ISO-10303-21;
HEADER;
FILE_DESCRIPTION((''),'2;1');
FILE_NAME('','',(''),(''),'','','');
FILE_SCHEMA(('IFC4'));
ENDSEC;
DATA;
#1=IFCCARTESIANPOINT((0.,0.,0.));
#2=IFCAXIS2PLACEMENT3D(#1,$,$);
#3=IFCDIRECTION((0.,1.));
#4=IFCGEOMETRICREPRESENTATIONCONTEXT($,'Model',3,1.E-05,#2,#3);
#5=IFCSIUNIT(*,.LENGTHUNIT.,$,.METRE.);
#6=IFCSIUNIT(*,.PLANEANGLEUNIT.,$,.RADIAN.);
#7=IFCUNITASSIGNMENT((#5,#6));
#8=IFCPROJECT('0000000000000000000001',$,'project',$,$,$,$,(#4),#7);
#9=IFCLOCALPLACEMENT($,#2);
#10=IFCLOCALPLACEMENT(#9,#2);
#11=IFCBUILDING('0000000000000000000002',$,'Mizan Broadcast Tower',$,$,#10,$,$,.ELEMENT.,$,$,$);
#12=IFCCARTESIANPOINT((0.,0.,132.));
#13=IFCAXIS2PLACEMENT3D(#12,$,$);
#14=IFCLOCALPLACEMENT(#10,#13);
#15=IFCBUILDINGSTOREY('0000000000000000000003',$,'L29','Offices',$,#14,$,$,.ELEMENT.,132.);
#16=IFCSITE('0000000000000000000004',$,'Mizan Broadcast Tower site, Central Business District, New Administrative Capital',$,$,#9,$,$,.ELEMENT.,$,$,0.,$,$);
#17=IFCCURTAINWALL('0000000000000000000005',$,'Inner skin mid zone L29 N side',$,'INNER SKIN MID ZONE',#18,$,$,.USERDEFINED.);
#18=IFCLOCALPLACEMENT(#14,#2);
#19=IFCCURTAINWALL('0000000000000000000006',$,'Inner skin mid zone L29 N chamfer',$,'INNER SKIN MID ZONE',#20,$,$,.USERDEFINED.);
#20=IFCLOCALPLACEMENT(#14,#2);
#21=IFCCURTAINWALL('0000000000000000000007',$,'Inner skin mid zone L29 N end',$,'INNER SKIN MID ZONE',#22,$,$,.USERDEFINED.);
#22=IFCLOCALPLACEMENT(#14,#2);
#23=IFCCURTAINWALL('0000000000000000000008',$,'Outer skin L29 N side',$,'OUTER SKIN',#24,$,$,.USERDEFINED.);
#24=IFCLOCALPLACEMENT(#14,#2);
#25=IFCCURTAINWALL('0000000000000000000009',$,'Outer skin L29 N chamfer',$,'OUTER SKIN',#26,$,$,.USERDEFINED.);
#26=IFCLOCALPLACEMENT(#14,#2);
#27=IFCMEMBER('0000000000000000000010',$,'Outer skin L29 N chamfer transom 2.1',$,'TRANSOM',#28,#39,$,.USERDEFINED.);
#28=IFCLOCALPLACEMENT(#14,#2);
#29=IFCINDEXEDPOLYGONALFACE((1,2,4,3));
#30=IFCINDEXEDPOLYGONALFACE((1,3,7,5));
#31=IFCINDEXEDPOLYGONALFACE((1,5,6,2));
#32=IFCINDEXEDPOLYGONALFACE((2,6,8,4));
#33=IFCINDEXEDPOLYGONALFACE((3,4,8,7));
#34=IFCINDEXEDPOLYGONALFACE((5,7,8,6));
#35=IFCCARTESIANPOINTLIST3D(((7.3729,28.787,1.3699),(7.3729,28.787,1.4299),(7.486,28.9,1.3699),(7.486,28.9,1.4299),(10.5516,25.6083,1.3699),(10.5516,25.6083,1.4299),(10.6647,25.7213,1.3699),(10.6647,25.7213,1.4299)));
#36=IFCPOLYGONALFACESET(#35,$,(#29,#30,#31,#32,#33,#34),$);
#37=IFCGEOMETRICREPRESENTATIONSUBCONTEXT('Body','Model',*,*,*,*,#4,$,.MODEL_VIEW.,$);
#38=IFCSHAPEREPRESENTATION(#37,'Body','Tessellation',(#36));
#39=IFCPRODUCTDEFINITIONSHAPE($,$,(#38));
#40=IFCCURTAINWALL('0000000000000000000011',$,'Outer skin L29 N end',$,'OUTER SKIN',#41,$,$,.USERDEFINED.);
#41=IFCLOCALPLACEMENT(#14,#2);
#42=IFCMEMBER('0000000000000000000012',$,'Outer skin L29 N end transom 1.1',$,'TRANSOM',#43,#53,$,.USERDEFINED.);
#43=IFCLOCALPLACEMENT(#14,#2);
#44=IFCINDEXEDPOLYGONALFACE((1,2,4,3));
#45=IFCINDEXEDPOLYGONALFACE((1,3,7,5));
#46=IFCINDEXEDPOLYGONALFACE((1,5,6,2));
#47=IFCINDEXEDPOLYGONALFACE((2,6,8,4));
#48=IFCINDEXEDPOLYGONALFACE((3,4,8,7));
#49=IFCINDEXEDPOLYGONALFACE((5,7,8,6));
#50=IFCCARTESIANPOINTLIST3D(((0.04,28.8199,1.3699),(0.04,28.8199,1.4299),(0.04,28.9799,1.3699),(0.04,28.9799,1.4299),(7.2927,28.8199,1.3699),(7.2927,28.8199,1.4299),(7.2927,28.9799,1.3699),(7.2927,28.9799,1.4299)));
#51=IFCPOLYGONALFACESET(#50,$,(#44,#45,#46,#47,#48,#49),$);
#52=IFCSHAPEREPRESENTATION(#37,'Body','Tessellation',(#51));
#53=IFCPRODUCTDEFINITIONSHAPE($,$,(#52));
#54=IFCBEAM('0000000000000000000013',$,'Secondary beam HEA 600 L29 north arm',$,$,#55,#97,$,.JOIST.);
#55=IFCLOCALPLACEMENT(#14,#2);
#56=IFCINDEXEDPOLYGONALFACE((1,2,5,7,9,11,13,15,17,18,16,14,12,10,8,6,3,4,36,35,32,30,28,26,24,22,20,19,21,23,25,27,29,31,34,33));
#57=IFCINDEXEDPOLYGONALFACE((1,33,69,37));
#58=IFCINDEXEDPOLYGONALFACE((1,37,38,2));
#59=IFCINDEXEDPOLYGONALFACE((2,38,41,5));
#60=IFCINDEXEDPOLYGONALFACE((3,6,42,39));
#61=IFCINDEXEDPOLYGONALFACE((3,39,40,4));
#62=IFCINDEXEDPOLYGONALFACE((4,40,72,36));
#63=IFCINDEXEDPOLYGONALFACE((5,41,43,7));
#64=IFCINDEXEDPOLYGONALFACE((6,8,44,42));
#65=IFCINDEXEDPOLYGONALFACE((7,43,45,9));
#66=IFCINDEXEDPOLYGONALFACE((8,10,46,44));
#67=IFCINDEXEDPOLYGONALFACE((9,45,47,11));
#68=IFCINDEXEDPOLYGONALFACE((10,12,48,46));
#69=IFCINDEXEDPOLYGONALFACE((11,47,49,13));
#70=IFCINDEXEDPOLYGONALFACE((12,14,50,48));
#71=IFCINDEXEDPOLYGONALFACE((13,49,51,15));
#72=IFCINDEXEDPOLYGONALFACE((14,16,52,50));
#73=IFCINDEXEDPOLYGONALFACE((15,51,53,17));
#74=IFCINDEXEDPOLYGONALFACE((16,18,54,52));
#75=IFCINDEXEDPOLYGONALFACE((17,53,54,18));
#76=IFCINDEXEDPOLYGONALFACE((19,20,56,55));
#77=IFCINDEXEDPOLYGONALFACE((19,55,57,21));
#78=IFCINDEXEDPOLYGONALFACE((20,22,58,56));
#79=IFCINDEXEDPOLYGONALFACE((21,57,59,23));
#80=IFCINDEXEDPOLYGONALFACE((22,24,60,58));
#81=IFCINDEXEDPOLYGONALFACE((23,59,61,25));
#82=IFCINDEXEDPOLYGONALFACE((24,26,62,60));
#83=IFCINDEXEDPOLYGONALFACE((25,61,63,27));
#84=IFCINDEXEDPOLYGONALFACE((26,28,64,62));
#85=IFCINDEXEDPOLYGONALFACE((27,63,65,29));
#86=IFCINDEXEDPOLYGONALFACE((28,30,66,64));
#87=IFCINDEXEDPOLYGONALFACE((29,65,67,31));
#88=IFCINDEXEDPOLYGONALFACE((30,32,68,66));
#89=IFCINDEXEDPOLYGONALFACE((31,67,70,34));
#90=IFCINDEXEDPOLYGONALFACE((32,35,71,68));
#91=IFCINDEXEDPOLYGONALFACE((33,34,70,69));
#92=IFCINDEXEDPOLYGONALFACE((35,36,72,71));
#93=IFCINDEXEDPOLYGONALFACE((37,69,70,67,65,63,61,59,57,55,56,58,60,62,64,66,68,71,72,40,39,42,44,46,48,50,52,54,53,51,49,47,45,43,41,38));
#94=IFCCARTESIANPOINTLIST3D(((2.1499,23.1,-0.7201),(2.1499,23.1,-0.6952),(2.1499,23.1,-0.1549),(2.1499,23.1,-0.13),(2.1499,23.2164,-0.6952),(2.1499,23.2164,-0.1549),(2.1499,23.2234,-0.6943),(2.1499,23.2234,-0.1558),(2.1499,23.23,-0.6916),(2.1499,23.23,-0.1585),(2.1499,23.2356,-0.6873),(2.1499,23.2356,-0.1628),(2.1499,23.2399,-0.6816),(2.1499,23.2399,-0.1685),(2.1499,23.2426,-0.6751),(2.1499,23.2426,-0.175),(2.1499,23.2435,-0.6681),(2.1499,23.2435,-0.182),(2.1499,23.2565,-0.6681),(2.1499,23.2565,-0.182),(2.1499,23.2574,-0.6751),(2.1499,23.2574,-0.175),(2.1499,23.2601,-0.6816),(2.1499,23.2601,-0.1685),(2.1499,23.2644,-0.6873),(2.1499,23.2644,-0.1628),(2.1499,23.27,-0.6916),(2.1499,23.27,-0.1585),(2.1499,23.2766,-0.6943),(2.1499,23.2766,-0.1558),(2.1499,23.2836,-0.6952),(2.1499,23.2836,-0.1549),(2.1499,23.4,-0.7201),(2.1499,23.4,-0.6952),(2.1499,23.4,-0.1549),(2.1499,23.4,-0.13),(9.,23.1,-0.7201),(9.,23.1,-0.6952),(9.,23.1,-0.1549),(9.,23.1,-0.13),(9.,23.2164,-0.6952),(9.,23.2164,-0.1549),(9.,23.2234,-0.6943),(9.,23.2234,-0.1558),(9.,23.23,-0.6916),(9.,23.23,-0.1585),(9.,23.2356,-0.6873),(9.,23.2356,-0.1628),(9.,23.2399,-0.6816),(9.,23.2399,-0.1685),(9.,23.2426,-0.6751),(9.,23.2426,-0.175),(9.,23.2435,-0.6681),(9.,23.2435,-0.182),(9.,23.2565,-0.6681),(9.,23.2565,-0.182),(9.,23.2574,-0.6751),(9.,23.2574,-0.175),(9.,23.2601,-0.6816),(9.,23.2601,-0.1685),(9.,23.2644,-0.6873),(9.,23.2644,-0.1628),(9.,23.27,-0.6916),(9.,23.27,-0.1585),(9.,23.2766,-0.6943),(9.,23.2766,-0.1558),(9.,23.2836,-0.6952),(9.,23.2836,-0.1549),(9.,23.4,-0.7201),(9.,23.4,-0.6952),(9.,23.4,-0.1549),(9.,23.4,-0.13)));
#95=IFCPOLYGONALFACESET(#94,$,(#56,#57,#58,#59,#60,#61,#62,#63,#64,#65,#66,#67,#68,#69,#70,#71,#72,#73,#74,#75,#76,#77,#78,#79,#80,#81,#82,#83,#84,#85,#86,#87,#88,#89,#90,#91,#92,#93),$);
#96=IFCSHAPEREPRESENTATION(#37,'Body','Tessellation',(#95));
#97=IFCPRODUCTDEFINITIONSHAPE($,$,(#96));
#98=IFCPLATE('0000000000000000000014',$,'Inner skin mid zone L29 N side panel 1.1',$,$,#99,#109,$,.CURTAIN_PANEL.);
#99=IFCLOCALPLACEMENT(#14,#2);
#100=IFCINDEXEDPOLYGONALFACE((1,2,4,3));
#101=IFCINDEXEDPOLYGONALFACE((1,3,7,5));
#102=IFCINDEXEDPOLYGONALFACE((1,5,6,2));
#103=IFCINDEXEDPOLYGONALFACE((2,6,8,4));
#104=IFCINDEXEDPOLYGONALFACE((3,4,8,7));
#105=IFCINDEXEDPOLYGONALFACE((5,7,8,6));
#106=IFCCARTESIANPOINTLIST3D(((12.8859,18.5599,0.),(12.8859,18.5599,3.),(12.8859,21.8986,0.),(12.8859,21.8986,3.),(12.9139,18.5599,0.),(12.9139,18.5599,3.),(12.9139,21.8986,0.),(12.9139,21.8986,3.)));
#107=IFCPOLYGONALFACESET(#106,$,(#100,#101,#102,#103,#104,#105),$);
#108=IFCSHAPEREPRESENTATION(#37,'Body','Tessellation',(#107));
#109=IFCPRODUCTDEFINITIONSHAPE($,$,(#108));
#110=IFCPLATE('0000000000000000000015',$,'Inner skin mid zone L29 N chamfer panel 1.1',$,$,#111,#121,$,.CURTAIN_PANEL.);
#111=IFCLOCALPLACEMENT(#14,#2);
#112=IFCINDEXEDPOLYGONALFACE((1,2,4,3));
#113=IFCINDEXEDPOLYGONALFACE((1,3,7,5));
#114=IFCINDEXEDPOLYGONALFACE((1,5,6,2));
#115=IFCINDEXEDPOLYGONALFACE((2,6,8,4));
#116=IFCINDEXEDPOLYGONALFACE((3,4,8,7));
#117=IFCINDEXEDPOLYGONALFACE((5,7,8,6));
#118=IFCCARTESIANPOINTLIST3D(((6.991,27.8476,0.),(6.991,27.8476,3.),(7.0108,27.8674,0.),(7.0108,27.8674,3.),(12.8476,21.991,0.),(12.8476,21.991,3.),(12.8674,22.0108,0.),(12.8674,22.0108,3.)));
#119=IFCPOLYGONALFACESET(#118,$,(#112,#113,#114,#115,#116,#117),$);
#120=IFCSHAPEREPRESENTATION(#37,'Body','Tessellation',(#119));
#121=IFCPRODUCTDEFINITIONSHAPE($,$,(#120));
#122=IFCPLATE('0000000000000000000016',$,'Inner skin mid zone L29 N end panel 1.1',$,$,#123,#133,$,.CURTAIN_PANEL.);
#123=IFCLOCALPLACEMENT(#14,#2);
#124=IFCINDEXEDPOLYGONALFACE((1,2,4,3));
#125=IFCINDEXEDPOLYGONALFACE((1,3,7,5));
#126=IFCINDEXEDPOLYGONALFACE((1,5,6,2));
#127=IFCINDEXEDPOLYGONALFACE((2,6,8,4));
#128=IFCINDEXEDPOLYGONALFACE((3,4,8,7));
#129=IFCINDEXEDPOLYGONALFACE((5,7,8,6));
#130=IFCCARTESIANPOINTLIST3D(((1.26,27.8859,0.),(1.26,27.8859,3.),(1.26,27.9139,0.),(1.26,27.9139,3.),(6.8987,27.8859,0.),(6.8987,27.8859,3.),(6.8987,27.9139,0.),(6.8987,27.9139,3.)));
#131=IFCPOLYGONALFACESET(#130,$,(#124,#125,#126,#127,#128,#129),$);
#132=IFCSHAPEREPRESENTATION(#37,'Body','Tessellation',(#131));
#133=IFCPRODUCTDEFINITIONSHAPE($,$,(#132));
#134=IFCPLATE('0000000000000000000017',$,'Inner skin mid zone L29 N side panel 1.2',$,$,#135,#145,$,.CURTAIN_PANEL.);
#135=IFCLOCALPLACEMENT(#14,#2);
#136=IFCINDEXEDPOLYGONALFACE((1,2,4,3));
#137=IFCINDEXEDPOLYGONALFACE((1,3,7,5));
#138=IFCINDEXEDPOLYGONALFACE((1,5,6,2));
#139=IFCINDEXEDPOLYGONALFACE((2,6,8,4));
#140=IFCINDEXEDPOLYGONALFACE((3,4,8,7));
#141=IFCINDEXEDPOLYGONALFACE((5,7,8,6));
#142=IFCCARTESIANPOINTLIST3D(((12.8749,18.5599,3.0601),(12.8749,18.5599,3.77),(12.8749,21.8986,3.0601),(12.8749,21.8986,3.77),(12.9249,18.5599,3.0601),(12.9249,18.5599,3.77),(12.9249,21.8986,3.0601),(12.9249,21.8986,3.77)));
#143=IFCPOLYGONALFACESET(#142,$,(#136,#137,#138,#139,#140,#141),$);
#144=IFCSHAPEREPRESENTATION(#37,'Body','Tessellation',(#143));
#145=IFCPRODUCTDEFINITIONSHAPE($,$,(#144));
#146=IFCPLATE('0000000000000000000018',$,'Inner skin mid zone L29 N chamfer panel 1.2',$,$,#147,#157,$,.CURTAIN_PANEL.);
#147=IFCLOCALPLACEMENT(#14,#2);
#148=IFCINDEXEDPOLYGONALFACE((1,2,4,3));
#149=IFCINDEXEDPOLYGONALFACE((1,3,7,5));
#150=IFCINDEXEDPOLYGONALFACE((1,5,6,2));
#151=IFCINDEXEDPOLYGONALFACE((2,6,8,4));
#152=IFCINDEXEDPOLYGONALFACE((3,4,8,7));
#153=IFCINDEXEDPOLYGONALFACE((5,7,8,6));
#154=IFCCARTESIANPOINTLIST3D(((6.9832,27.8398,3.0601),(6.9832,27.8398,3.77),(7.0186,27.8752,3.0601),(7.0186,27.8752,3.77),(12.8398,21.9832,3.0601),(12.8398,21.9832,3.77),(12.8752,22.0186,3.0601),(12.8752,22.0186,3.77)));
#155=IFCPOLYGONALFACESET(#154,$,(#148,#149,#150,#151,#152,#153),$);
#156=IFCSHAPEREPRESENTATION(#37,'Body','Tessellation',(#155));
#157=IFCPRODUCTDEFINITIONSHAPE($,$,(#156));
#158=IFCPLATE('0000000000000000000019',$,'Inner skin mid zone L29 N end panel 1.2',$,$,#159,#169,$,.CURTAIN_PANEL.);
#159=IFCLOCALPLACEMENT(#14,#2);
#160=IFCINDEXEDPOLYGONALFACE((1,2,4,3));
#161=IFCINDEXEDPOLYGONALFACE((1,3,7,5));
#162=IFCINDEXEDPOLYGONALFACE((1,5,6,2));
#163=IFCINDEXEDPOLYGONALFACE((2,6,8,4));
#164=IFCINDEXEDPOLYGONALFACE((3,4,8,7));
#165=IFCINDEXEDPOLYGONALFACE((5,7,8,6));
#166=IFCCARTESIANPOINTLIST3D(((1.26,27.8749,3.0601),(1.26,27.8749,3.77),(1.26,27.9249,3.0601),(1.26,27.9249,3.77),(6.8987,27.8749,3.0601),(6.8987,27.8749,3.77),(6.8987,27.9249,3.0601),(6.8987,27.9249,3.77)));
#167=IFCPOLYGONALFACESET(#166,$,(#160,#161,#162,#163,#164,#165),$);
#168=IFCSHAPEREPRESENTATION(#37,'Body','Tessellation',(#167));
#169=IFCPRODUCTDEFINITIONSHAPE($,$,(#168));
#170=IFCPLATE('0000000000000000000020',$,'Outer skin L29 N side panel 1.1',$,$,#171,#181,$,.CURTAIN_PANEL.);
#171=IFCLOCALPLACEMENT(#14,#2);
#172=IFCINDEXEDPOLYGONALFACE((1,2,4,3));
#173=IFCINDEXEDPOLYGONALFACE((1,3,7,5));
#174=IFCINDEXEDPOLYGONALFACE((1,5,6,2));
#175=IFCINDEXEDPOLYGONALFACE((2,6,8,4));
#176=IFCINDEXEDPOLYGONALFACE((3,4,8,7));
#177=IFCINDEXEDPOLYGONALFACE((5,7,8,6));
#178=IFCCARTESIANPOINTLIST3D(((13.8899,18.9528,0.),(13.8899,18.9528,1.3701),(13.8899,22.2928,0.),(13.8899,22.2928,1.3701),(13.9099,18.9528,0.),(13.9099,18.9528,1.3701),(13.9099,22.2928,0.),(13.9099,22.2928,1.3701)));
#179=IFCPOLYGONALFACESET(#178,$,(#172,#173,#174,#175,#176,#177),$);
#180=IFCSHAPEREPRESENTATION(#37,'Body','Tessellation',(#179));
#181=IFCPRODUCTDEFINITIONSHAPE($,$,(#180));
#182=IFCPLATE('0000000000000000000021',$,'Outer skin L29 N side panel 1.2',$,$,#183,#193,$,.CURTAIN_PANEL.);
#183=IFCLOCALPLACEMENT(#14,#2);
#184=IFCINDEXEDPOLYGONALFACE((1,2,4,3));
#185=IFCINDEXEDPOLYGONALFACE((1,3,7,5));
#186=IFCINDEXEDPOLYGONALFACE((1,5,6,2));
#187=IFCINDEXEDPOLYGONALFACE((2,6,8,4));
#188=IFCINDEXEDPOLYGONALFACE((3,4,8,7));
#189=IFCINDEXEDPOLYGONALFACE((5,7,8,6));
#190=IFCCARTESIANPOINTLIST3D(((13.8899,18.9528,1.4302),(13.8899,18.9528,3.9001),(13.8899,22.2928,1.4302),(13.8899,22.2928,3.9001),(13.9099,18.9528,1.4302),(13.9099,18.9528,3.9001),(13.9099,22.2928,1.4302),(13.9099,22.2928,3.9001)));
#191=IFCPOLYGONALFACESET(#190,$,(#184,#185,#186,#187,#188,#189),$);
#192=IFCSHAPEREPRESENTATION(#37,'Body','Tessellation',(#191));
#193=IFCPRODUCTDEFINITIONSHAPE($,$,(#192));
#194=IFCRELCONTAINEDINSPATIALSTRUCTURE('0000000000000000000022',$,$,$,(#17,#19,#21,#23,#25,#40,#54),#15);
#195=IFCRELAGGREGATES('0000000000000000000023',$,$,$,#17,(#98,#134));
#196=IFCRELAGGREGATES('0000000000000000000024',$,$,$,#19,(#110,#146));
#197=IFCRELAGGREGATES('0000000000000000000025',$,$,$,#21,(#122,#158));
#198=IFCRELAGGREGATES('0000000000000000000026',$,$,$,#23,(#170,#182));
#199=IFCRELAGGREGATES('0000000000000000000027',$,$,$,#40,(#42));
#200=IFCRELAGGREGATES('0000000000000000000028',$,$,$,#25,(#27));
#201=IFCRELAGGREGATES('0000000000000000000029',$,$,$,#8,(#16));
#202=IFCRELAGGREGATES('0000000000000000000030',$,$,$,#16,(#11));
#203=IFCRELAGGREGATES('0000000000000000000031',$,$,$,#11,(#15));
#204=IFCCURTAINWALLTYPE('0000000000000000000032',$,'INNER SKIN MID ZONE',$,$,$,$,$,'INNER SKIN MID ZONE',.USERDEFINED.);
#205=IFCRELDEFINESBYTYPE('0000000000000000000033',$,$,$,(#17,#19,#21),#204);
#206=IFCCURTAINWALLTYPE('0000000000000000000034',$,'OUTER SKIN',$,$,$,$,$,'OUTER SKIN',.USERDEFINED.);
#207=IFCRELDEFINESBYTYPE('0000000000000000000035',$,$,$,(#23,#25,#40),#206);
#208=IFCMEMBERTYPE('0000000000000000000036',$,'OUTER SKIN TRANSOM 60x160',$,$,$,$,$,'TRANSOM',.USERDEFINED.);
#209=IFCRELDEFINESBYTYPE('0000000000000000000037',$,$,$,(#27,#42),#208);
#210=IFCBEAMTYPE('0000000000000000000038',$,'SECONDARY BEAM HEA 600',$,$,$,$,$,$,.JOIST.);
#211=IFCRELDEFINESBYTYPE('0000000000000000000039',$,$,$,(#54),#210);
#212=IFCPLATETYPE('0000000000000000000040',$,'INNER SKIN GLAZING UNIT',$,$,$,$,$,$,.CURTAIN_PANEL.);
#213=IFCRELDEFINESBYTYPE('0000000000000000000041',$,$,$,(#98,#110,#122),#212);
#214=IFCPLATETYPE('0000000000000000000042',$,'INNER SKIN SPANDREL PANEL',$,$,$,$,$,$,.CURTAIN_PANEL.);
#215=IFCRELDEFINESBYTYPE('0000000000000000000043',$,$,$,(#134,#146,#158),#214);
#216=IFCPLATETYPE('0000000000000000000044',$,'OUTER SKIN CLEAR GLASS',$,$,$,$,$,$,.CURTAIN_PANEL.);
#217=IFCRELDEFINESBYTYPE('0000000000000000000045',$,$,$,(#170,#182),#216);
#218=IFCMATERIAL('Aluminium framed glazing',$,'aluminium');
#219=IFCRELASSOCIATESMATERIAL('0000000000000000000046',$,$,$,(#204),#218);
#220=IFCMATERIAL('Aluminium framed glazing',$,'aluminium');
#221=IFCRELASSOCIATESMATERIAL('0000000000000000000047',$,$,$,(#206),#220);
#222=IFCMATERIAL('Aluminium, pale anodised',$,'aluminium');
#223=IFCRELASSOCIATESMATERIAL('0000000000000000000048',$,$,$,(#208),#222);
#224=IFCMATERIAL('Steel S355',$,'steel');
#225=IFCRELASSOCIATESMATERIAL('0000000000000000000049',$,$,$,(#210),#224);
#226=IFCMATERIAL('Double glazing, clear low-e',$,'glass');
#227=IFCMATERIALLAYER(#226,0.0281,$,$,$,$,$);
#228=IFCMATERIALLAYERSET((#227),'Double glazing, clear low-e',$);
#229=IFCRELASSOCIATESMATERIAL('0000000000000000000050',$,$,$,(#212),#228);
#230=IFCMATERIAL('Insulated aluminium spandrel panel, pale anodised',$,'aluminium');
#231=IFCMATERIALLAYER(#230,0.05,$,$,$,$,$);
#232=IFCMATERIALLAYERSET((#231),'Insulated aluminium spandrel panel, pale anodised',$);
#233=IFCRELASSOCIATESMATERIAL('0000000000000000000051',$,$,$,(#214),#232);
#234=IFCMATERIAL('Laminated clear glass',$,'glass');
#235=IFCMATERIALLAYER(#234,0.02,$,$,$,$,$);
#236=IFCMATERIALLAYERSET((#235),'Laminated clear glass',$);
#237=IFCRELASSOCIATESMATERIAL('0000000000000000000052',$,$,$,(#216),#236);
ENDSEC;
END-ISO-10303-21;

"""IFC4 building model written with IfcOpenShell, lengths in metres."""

from ifc_helpers import new_model, si_unit, direction, frame, origin, origin_2d, place, context, subcontext, project, spatial, rectangle, i_section, extrude, material, layer, layer_set, material_profile, profile_set, type_object, element, aggregate, save


model = new_model("IFC4")

# Units and contexts
model_context = context("Model", 3, precision=1e-05, world=origin(), true_north=direction((0.0, 1.0)))
body_context = subcontext(model_context, "Body", "Model", "MODEL_VIEW")
ifc_project = project(units=[si_unit("LENGTHUNIT", "METRE"), si_unit("PLANEANGLEUNIT", "RADIAN")], contexts=[model_context])

# Site, building, storey
site_placement = place(None, origin())
site = spatial("IfcSite", under=ifc_project, at=site_placement, Name="Mizan Broadcast Tower site, Central Business District, New Administrative Capital", CompositionType="ELEMENT", RefElevation=0.0)
building_placement = place(site_placement, origin())
building = spatial("IfcBuilding", under=site, at=building_placement, Name="Mizan Broadcast Tower", CompositionType="ELEMENT")
storey_placement = place(building_placement, frame((0.0, 0.0, 132.0)))
storey = spatial("IfcBuildingStorey", under=building, at=storey_placement, Name="L29", Description="Offices", CompositionType="ELEMENT", Elevation=132.0)

# Curtain walls
ifc_material_1 = material(Name="Aluminium framed glazing", Category="aluminium")
curtain_wall_type_1 = type_object("IfcCurtainWallType", Name="INNER SKIN MID ZONE", ElementType="INNER SKIN MID ZONE", PredefinedType="USERDEFINED", material=ifc_material_1)
curtain_wall_1_placement = place(storey_placement, origin())
curtain_wall_1 = element("IfcCurtainWall", 1, at=curtain_wall_1_placement, inside=storey, type_object=curtain_wall_type_1, Name="Inner skin mid zone L29 N side", ObjectType="INNER SKIN MID ZONE", PredefinedType="USERDEFINED")
curtain_wall_2_placement = place(storey_placement, origin())
curtain_wall_2 = element("IfcCurtainWall", 2, at=curtain_wall_2_placement, inside=storey, type_object=curtain_wall_type_1, Name="Inner skin mid zone L29 N chamfer", ObjectType="INNER SKIN MID ZONE", PredefinedType="USERDEFINED")
curtain_wall_3_placement = place(storey_placement, origin())
curtain_wall_3 = element("IfcCurtainWall", 3, at=curtain_wall_3_placement, inside=storey, type_object=curtain_wall_type_1, Name="Inner skin mid zone L29 N end", ObjectType="INNER SKIN MID ZONE", PredefinedType="USERDEFINED")

# Curtain wall
ifc_material_2 = material(Name="Aluminium framed glazing", Category="aluminium")
curtain_wall_type_2 = type_object("IfcCurtainWallType", Name="OUTER SKIN", ElementType="OUTER SKIN", PredefinedType="USERDEFINED", material=ifc_material_2)
curtain_wall_4_placement = place(storey_placement, origin())
curtain_wall_4 = element("IfcCurtainWall", 4, at=curtain_wall_4_placement, inside=storey, type_object=curtain_wall_type_2, Name="Outer skin L29 N side", ObjectType="OUTER SKIN", PredefinedType="USERDEFINED")

# Curtain wall, member
curtain_wall_5_placement = place(storey_placement, origin())
curtain_wall_5 = element("IfcCurtainWall", 5, at=curtain_wall_5_placement, inside=storey, type_object=curtain_wall_type_2, Name="Outer skin L29 N chamfer", ObjectType="OUTER SKIN", PredefinedType="USERDEFINED")
ifc_material_3 = material(Name="Aluminium, pale anodised", Category="aluminium")
ifc_material_profile_1 = material_profile(ifc_material_3, rectangle(XDim=0.1599, YDim=0.0601, at=origin_2d()), Name="TRANSOM 160x60")
ifc_profile_set_1 = profile_set([ifc_material_profile_1], Name="Aluminium, pale anodised")
member_type_1 = type_object("IfcMemberType", Name="OUTER SKIN TRANSOM 60x160", ElementType="TRANSOM", PredefinedType="USERDEFINED", material=ifc_profile_set_1)
member_1_placement = place(storey_placement, frame((10.6082, 25.6648, 1.3999), z_axis=(-0.707107, 0.707107, 0.0), x_axis=(-0.707107, -0.707107, 0.0)))
member_1 = element("IfcMember", 6, at=member_1_placement, type_object=member_type_1, Name="Outer skin L29 N chamfer transom 2.1", ObjectType="TRANSOM", PredefinedType="USERDEFINED", context=body_context, shape_type="SweptSolid", body=[
    extrude(rectangle(XDim=0.1599, YDim=0.0601, at=origin_2d()), origin(), (0.0, 0.0, 1.0), 4.4954),
])

# Curtain wall, member
curtain_wall_6_placement = place(storey_placement, origin())
curtain_wall_6 = element("IfcCurtainWall", 7, at=curtain_wall_6_placement, inside=storey, type_object=curtain_wall_type_2, Name="Outer skin L29 N end", ObjectType="OUTER SKIN", PredefinedType="USERDEFINED")
member_2_placement = place(storey_placement, frame((7.2927, 28.8999, 1.3999), z_axis=(-1.0, 0.0, 0.0), x_axis=(0.0, -1.0, 0.0)))
member_2 = element("IfcMember", 8, at=member_2_placement, type_object=member_type_1, Name="Outer skin L29 N end transom 1.1", ObjectType="TRANSOM", PredefinedType="USERDEFINED", context=body_context, shape_type="SweptSolid", body=[
    extrude(rectangle(XDim=0.1599, YDim=0.0601, at=origin_2d()), origin(), (0.0, 0.0, 1.0), 7.2527),
])

# Beam
ifc_material_4 = material(Name="Steel S355", Category="steel")
ifc_material_profile_2 = material_profile(ifc_material_4, i_section(OverallWidth=0.3, OverallDepth=0.5901, WebThickness=0.0129, FlangeThickness=0.0249, FilletRadius=0.0271, at=origin_2d()), Name="HEA 600")
ifc_profile_set_2 = profile_set([ifc_material_profile_2], Name="Steel S355")
beam_type_1 = type_object("IfcBeamType", Name="SECONDARY BEAM HEA 600", PredefinedType="JOIST", material=ifc_profile_set_2)
beam_1_placement = place(storey_placement, frame((9.0, 23.25, -0.425), z_axis=(-1.0, 0.0, 0.0), x_axis=(0.0, -1.0, 0.0)))
element("IfcBeam", 9, at=beam_1_placement, inside=storey, type_object=beam_type_1, Name="Secondary beam HEA 600 L29 north arm", PredefinedType="JOIST", context=body_context, shape_type="SweptSolid", body=[
    extrude(i_section(OverallWidth=0.3, OverallDepth=0.5901, WebThickness=0.0129, FlangeThickness=0.0249, FilletRadius=0.0271, at=origin_2d()), origin(), (0.0, 0.0, 1.0), 6.8501),
])

# Plates
ifc_material_5 = material(Name="Double glazing, clear low-e", Category="glass")
ifc_layer_1 = layer(ifc_material_5, 0.0281)
ifc_layer_set_1 = layer_set([ifc_layer_1], Name="Double glazing, clear low-e")
plate_type_1 = type_object("IfcPlateType", Name="INNER SKIN GLAZING UNIT", PredefinedType="CURTAIN_PANEL", material=ifc_layer_set_1)
plate_1_placement = place(storey_placement, frame((12.8999, 20.2292, 0.0), z_axis=(0.0, 0.0, 1.0), x_axis=(0.0, 1.0, 0.0)))
plate_1 = element("IfcPlate", 10, at=plate_1_placement, type_object=plate_type_1, Name="Inner skin mid zone L29 N side panel 1.1", PredefinedType="CURTAIN_PANEL", context=body_context, shape_type="SweptSolid", body=[
    extrude(rectangle(XDim=3.3386, YDim=0.0281, at=origin_2d()), origin(), (0.0, 0.0, 1.0), 3.0),
])
plate_2_placement = place(storey_placement, frame((9.9292, 24.9292, 0.0), z_axis=(0.0, 0.0, 1.0), x_axis=(-0.707107, 0.707107, 0.0)))
plate_2 = element("IfcPlate", 11, at=plate_2_placement, type_object=plate_type_1, Name="Inner skin mid zone L29 N chamfer panel 1.1", PredefinedType="CURTAIN_PANEL", context=body_context, shape_type="SweptSolid", body=[
    extrude(rectangle(XDim=8.2825, YDim=0.0281, at=origin_2d()), origin(), (0.0, 0.0, 1.0), 3.0),
])
plate_3_placement = place(storey_placement, frame((4.0793, 27.8999, 0.0), z_axis=(0.0, 0.0, 1.0), x_axis=(-1.0, 0.0, 0.0)))
plate_3 = element("IfcPlate", 12, at=plate_3_placement, type_object=plate_type_1, Name="Inner skin mid zone L29 N end panel 1.1", PredefinedType="CURTAIN_PANEL", context=body_context, shape_type="SweptSolid", body=[
    extrude(rectangle(XDim=5.6387, YDim=0.0281, at=origin_2d()), origin(), (0.0, 0.0, 1.0), 3.0),
])
ifc_material_6 = material(Name="Insulated aluminium spandrel panel, pale anodised", Category="aluminium")
ifc_layer_2 = layer(ifc_material_6, 0.05)
ifc_layer_set_2 = layer_set([ifc_layer_2], Name="Insulated aluminium spandrel panel, pale anodised")
plate_type_2 = type_object("IfcPlateType", Name="INNER SKIN SPANDREL PANEL", PredefinedType="CURTAIN_PANEL", material=ifc_layer_set_2)
plate_4_placement = place(storey_placement, frame((12.8999, 20.2292, 3.0601), z_axis=(0.0, 0.0, 1.0), x_axis=(0.0, 1.0, 0.0)))
plate_4 = element("IfcPlate", 13, at=plate_4_placement, type_object=plate_type_2, Name="Inner skin mid zone L29 N side panel 1.2", PredefinedType="CURTAIN_PANEL", context=body_context, shape_type="SweptSolid", body=[
    extrude(rectangle(XDim=3.3386, YDim=0.05, at=origin_2d()), origin(), (0.0, 0.0, 1.0), 0.71),
])
aggregate(curtain_wall_1, [plate_1, plate_4])
plate_5_placement = place(storey_placement, frame((9.9292, 24.9292, 3.0601), z_axis=(0.0, 0.0, 1.0), x_axis=(-0.707107, 0.707107, 0.0)))
plate_5 = element("IfcPlate", 14, at=plate_5_placement, type_object=plate_type_2, Name="Inner skin mid zone L29 N chamfer panel 1.2", PredefinedType="CURTAIN_PANEL", context=body_context, shape_type="SweptSolid", body=[
    extrude(rectangle(XDim=8.2825, YDim=0.05, at=origin_2d()), origin(), (0.0, 0.0, 1.0), 0.71),
])
aggregate(curtain_wall_2, [plate_2, plate_5])
plate_6_placement = place(storey_placement, frame((4.0793, 27.8999, 3.0601), z_axis=(0.0, 0.0, 1.0), x_axis=(-1.0, 0.0, 0.0)))
plate_6 = element("IfcPlate", 15, at=plate_6_placement, type_object=plate_type_2, Name="Inner skin mid zone L29 N end panel 1.2", PredefinedType="CURTAIN_PANEL", context=body_context, shape_type="SweptSolid", body=[
    extrude(rectangle(XDim=5.6387, YDim=0.05, at=origin_2d()), origin(), (0.0, 0.0, 1.0), 0.71),
])
aggregate(curtain_wall_3, [plate_3, plate_6])
ifc_material_7 = material(Name="Laminated clear glass", Category="glass")
ifc_layer_3 = layer(ifc_material_7, 0.02)
ifc_layer_set_3 = layer_set([ifc_layer_3], Name="Laminated clear glass")
plate_type_3 = type_object("IfcPlateType", Name="OUTER SKIN CLEAR GLASS", PredefinedType="CURTAIN_PANEL", material=ifc_layer_set_3)
plate_7_placement = place(storey_placement, frame((13.8999, 20.6228, 0.0), z_axis=(0.0, 0.0, 1.0), x_axis=(0.0, 1.0, 0.0)))
plate_7 = element("IfcPlate", 16, at=plate_7_placement, type_object=plate_type_3, Name="Outer skin L29 N side panel 1.1", PredefinedType="CURTAIN_PANEL", context=body_context, shape_type="SweptSolid", body=[
    extrude(rectangle(XDim=3.3401, YDim=0.02, at=origin_2d()), origin(), (0.0, 0.0, 1.0), 1.3701),
])
plate_8_placement = place(storey_placement, frame((13.8999, 20.6228, 1.4302), z_axis=(0.0, 0.0, 1.0), x_axis=(0.0, 1.0, 0.0)))
plate_8 = element("IfcPlate", 17, at=plate_8_placement, type_object=plate_type_3, Name="Outer skin L29 N side panel 1.2", PredefinedType="CURTAIN_PANEL", context=body_context, shape_type="SweptSolid", body=[
    extrude(rectangle(XDim=3.3401, YDim=0.02, at=origin_2d()), origin(), (0.0, 0.0, 1.0), 2.47),
])
aggregate(curtain_wall_4, [plate_7, plate_8])
aggregate(curtain_wall_6, [member_2])
aggregate(curtain_wall_5, [member_1])

save(model, "model.ifc")
